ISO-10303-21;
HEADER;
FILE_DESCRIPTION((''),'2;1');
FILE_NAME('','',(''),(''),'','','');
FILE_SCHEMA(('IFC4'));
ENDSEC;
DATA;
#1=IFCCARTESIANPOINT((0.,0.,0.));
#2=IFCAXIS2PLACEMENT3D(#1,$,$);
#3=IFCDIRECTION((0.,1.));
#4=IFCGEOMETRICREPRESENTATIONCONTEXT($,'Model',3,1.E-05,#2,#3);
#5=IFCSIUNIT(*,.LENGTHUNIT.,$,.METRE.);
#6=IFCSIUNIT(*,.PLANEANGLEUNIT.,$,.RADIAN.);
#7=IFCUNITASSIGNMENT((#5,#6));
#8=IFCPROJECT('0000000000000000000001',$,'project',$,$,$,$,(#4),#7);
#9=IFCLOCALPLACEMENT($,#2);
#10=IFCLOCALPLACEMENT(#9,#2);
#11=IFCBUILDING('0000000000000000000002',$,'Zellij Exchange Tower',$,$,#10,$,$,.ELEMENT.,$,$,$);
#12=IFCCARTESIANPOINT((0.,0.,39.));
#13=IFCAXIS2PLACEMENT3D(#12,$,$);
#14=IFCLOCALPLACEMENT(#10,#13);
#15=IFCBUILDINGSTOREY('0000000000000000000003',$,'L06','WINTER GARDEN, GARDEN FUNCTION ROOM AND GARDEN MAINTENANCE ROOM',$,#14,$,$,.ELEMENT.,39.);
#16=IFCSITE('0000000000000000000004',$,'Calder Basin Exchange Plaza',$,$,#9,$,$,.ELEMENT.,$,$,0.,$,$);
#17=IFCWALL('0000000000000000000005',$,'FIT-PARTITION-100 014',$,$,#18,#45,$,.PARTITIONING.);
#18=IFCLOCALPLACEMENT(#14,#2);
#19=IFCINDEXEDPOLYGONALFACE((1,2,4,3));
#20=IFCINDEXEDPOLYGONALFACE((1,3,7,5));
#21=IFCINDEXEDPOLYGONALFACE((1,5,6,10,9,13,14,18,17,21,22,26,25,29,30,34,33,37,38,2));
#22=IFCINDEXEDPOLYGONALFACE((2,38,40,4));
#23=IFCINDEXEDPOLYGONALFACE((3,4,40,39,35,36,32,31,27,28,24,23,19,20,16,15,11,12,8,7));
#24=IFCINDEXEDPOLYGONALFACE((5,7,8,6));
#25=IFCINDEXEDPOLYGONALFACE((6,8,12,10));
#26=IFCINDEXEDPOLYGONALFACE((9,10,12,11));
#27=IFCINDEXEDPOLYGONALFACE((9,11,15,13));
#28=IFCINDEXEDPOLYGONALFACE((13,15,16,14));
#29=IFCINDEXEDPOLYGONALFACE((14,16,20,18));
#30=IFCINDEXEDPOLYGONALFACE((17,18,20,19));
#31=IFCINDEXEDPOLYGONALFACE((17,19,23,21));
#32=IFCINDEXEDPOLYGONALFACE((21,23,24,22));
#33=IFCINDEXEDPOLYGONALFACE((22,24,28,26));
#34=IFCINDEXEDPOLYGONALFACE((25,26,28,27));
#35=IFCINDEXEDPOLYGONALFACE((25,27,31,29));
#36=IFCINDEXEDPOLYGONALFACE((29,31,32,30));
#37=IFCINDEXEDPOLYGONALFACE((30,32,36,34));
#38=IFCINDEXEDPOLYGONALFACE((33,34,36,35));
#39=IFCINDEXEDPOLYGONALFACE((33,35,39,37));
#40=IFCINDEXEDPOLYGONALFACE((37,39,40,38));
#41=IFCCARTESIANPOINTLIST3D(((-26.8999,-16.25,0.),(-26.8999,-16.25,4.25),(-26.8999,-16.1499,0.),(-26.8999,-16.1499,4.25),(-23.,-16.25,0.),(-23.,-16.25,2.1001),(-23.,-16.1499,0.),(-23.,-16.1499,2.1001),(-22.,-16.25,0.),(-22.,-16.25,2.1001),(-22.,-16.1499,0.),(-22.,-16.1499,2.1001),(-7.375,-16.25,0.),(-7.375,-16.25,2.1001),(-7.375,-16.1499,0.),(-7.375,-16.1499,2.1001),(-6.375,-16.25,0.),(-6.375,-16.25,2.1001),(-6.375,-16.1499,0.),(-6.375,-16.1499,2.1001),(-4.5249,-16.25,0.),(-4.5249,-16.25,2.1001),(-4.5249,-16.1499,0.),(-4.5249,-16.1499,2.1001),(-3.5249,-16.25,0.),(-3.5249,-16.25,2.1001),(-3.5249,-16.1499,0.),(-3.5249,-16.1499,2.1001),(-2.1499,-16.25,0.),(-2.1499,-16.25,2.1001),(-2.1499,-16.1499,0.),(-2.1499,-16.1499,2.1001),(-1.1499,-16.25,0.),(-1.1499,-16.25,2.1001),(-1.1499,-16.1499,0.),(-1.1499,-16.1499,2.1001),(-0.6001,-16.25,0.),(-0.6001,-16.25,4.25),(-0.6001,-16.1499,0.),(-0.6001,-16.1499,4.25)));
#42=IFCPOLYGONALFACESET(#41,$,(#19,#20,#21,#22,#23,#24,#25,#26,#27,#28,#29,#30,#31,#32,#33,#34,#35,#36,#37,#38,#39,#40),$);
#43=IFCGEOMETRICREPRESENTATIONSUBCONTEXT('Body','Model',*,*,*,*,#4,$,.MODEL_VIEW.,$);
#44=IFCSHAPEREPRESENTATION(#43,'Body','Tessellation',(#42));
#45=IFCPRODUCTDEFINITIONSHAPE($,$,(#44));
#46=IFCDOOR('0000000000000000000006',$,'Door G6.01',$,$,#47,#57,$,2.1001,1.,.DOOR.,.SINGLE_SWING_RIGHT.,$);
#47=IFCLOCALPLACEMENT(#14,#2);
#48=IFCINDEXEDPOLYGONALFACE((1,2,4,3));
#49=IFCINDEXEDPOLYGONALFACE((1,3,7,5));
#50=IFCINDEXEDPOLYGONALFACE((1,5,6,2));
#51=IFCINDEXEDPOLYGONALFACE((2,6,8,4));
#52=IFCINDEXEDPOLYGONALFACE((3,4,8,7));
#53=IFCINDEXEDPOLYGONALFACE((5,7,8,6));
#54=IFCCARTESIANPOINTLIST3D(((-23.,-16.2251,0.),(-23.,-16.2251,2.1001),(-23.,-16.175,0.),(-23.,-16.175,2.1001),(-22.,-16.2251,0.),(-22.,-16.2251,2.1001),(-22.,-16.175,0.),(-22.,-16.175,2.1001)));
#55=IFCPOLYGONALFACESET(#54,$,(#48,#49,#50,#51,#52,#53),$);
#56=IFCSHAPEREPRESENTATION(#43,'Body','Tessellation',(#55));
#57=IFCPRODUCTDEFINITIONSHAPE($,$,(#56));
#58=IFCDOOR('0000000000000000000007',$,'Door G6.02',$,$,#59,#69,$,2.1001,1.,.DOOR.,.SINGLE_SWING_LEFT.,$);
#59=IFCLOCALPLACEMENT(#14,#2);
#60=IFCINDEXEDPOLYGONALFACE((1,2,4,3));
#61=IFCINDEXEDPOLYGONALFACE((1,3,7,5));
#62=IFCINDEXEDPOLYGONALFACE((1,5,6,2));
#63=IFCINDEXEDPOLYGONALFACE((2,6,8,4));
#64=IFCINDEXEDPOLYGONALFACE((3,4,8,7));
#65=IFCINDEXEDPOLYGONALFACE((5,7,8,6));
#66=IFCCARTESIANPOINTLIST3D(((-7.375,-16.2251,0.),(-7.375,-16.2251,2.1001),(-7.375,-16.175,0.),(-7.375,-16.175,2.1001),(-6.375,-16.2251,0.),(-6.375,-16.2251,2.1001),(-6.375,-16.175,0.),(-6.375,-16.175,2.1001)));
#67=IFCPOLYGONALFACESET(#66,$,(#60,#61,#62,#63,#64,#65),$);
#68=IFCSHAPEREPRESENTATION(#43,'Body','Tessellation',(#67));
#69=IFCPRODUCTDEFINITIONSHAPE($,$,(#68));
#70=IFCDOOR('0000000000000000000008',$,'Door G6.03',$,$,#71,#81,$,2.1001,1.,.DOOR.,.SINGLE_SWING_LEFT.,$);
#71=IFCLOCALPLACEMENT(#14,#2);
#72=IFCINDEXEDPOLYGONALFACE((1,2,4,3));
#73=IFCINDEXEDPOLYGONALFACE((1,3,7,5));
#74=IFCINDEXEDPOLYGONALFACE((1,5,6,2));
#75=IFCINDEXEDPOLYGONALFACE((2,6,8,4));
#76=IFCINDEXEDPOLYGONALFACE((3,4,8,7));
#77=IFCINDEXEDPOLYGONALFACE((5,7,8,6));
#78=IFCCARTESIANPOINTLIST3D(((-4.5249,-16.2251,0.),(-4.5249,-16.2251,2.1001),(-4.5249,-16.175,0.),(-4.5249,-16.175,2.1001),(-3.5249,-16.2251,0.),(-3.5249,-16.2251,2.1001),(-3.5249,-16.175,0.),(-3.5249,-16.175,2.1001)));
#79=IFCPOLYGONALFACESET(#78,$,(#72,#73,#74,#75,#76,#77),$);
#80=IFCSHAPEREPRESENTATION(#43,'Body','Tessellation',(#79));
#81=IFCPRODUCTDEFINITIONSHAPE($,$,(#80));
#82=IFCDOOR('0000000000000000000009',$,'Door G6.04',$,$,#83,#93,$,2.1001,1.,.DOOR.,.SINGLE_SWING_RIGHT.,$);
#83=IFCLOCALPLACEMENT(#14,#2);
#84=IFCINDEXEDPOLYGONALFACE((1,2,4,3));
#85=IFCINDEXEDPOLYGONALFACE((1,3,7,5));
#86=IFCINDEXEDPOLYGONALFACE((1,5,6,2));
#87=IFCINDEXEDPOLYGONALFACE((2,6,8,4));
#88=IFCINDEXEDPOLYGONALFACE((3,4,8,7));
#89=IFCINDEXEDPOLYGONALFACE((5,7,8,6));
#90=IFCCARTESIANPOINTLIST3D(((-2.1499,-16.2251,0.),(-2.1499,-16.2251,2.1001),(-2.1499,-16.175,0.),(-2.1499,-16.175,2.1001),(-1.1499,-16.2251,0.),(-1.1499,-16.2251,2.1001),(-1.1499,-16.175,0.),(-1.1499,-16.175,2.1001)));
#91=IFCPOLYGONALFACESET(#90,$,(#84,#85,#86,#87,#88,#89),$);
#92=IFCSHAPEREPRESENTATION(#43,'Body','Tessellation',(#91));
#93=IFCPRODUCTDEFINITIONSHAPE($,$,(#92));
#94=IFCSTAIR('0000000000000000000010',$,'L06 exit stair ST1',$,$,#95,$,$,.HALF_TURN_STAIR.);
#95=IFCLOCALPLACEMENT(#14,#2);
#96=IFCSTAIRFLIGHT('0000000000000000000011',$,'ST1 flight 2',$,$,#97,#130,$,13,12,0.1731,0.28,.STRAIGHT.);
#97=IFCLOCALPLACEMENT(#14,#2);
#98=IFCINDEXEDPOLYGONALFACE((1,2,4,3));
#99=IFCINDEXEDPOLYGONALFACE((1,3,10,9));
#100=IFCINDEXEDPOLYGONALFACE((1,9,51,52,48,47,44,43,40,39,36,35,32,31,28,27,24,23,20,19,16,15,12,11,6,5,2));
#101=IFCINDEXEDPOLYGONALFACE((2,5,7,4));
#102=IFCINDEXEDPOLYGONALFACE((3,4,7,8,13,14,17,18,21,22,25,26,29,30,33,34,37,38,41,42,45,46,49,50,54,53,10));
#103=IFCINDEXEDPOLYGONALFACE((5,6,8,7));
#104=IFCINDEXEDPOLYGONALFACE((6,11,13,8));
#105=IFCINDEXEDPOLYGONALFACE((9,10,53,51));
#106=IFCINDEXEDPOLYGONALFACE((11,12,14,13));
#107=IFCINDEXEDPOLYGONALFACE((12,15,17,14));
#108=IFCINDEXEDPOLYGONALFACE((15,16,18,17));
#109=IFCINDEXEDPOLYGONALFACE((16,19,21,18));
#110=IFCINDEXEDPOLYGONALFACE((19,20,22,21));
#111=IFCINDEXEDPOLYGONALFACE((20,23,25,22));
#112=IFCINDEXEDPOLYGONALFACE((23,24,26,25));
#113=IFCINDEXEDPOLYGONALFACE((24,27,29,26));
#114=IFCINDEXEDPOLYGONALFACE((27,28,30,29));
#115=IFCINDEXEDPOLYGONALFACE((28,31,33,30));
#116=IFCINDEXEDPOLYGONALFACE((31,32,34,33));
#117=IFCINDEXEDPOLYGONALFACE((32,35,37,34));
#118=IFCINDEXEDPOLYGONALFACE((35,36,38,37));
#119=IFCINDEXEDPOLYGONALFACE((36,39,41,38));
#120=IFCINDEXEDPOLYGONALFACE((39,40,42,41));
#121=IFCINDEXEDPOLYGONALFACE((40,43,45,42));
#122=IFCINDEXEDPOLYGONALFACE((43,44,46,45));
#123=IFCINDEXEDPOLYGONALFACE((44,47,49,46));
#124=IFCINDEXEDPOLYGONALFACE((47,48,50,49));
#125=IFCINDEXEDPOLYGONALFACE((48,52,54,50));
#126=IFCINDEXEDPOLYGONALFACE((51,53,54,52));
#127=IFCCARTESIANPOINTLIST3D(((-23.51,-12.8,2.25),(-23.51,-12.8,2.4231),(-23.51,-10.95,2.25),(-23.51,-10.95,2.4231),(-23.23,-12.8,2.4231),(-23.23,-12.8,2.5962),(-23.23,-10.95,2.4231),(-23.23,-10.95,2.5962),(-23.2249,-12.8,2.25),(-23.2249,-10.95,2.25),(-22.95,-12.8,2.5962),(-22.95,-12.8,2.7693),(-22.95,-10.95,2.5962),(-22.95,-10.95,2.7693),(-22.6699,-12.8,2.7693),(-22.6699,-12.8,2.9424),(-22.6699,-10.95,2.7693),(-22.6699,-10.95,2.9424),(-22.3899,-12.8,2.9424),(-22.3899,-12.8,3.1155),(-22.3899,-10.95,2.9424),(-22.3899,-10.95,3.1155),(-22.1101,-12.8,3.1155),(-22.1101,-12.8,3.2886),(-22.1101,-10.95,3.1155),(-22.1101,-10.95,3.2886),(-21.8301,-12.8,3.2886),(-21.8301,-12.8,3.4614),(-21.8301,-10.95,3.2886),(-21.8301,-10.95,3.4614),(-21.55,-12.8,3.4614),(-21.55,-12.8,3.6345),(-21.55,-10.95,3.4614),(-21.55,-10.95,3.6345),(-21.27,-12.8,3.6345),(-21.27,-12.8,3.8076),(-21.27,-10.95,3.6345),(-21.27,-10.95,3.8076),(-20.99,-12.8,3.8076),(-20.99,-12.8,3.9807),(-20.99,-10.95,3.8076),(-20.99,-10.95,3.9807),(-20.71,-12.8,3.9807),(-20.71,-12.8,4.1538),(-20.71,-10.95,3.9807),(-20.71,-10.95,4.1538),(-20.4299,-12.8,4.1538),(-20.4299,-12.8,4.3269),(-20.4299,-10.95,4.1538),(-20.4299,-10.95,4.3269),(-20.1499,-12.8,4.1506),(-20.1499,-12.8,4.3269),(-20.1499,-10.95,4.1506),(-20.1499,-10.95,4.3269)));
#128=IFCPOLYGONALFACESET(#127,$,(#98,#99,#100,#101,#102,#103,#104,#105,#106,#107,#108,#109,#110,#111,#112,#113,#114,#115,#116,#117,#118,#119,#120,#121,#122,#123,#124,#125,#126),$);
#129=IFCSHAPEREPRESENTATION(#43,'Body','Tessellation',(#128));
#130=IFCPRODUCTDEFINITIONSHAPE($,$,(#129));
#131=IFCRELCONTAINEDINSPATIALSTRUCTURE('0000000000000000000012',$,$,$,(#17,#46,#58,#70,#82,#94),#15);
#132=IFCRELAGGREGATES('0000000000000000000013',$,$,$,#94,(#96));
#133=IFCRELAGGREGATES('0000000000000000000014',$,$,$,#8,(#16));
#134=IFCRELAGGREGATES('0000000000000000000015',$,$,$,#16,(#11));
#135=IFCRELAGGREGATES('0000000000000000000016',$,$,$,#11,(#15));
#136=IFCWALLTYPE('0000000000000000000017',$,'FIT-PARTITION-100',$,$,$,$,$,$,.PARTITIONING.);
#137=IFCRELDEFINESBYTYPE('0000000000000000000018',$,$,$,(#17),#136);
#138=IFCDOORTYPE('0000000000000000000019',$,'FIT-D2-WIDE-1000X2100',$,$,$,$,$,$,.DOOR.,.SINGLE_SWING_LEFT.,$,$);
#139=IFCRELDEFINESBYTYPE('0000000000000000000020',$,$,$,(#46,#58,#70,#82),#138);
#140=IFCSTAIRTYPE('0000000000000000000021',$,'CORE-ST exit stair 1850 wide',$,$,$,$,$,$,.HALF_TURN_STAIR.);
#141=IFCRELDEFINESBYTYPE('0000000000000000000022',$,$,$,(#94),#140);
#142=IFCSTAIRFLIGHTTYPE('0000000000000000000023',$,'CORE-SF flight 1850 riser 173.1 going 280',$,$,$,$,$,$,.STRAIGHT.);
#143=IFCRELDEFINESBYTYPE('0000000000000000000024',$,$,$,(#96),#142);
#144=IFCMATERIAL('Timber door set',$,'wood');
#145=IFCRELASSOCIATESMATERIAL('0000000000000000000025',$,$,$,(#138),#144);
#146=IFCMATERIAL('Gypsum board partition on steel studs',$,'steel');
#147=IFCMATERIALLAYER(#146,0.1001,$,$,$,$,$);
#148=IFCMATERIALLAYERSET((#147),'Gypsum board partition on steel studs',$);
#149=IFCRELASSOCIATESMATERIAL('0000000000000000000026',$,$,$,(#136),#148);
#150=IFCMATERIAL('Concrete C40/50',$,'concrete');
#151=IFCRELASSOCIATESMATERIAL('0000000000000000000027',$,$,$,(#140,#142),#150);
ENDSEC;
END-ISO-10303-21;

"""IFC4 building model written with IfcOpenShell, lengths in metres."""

from ifc_helpers import new_model, si_unit, direction, frame, frame_2d, origin, place, context, subcontext, project, spatial, polyline, rectangle, outline, extrude, material, layer, layer_set, type_object, element, fill, aggregate, save


model = new_model("IFC4")

# Units and contexts
model_context = context("Model", 3, precision=1e-05, world=origin(), true_north=direction((0.0, 1.0)))
body_context = subcontext(model_context, "Body", "Model", "MODEL_VIEW")
ifc_project = project(units=[si_unit("LENGTHUNIT", "METRE"), si_unit("PLANEANGLEUNIT", "RADIAN")], contexts=[model_context])

# Site, building, storey
site_placement = place(None, origin())
site = spatial("IfcSite", under=ifc_project, at=site_placement, Name="Calder Basin Exchange Plaza", CompositionType="ELEMENT", RefElevation=0.0)
building_placement = place(site_placement, origin())
building = spatial("IfcBuilding", under=site, at=building_placement, Name="Zellij Exchange Tower", CompositionType="ELEMENT")
storey_placement = place(building_placement, frame((0.0, 0.0, 39.0)))
storey = spatial("IfcBuildingStorey", under=building, at=storey_placement, Name="L06", Description="WINTER GARDEN, GARDEN FUNCTION ROOM AND GARDEN MAINTENANCE ROOM", CompositionType="ELEMENT", Elevation=39.0)

# Shared definitions
ifc_material_1 = material(Name="Timber door set", Category="wood")
door_type_1 = type_object("IfcDoorType", Name="FIT-D2-WIDE-1000X2100", OperationType="SINGLE_SWING_LEFT", PredefinedType="DOOR", material=ifc_material_1)

# Wall, openings, doors
ifc_material_2 = material(Name="Gypsum board partition on steel studs", Category="steel")
ifc_layer_1 = layer(ifc_material_2, 0.1001)
ifc_layer_set_1 = layer_set([ifc_layer_1], Name="Gypsum board partition on steel studs")
wall_type_1 = type_object("IfcWallType", Name="FIT-PARTITION-100", PredefinedType="PARTITIONING", material=ifc_layer_set_1)
wall_1_placement = place(storey_placement, frame((-26.8999, -16.2, 0.0), z_axis=(0.0, 0.0, 1.0), x_axis=(1.0, 0.0, 0.0)))
wall_1 = element("IfcWall", 1, at=wall_1_placement, inside=storey, type_object=wall_type_1, Name="FIT-PARTITION-100 014", PredefinedType="PARTITIONING", context=body_context, shape_type="SweptSolid", body=[
    extrude(rectangle(XDim=26.2998, YDim=0.1001, at=frame_2d((13.1499, 0.0))), origin(), (0.0, 0.0, 1.0), 4.25),
])
opening_1_placement = place(wall_1_placement, frame((3.8999, 0.0, 0.0)))
opening_1 = element("IfcOpeningElement", 2, at=opening_1_placement, cuts=wall_1, PredefinedType="OPENING", context=body_context, shape_type="SweptSolid", body=[
    extrude(rectangle(XDim=1.0, YDim=2.1001, at=frame_2d((0.5, 1.05))), frame((0.0, 0.062, 0.0), z_axis=(0.0, -1.0, 0.0), x_axis=(1.0, 0.0, 0.0)), (0.0, 0.0, 1.0), 0.124),
])
opening_2_placement = place(wall_1_placement, frame((19.5249, 0.0, 0.0)))
opening_2 = element("IfcOpeningElement", 3, at=opening_2_placement, cuts=wall_1, PredefinedType="OPENING", context=body_context, shape_type="SweptSolid", body=[
    extrude(rectangle(XDim=1.0, YDim=2.1001, at=frame_2d((0.5, 1.05))), frame((0.0, 0.062, 0.0), z_axis=(0.0, -1.0, 0.0), x_axis=(1.0, 0.0, 0.0)), (0.0, 0.0, 1.0), 0.124),
])
opening_3_placement = place(wall_1_placement, frame((22.375, 0.0, 0.0)))
opening_3 = element("IfcOpeningElement", 4, at=opening_3_placement, cuts=wall_1, PredefinedType="OPENING", context=body_context, shape_type="SweptSolid", body=[
    extrude(rectangle(XDim=1.0, YDim=2.1001, at=frame_2d((0.5, 1.05))), frame((0.0, 0.062, 0.0), z_axis=(0.0, -1.0, 0.0), x_axis=(1.0, 0.0, 0.0)), (0.0, 0.0, 1.0), 0.124),
])
opening_4_placement = place(wall_1_placement, frame((24.75, 0.0, 0.0)))
opening_4 = element("IfcOpeningElement", 5, at=opening_4_placement, cuts=wall_1, PredefinedType="OPENING", context=body_context, shape_type="SweptSolid", body=[
    extrude(rectangle(XDim=1.0, YDim=2.1001, at=frame_2d((0.5, 1.05))), frame((0.0, 0.062, 0.0), z_axis=(0.0, -1.0, 0.0), x_axis=(1.0, 0.0, 0.0)), (0.0, 0.0, 1.0), 0.124),
])
door_1_placement = place(opening_1_placement, origin())
door_1 = element("IfcDoor", 6, at=door_1_placement, inside=storey, type_object=door_type_1, Name="Door G6.01", OperationType="SINGLE_SWING_RIGHT", OverallHeight=2.1001, OverallWidth=1.0, PredefinedType="DOOR", context=body_context, shape_type="SweptSolid", body=[
    extrude(rectangle(XDim=1.0, YDim=2.1001, at=frame_2d((0.5, 1.05))), frame((0.0, 0.0249, 0.0), z_axis=(0.0, -1.0, 0.0), x_axis=(1.0, 0.0, 0.0)), (0.0, 0.0, 1.0), 0.05),
])
fill(opening_1, door_1)
door_2_placement = place(opening_2_placement, origin())
door_2 = element("IfcDoor", 7, at=door_2_placement, inside=storey, type_object=door_type_1, Name="Door G6.02", OperationType="SINGLE_SWING_LEFT", OverallHeight=2.1001, OverallWidth=1.0, PredefinedType="DOOR", context=body_context, shape_type="SweptSolid", body=[
    extrude(rectangle(XDim=1.0, YDim=2.1001, at=frame_2d((0.5, 1.05))), frame((0.0, 0.0249, 0.0), z_axis=(0.0, -1.0, 0.0), x_axis=(1.0, 0.0, 0.0)), (0.0, 0.0, 1.0), 0.05),
])
fill(opening_2, door_2)
door_3_placement = place(opening_3_placement, origin())
door_3 = element("IfcDoor", 8, at=door_3_placement, inside=storey, type_object=door_type_1, Name="Door G6.03", OperationType="SINGLE_SWING_LEFT", OverallHeight=2.1001, OverallWidth=1.0, PredefinedType="DOOR", context=body_context, shape_type="SweptSolid", body=[
    extrude(rectangle(XDim=1.0, YDim=2.1001, at=frame_2d((0.5, 1.05))), frame((0.0, 0.0249, 0.0), z_axis=(0.0, -1.0, 0.0), x_axis=(1.0, 0.0, 0.0)), (0.0, 0.0, 1.0), 0.05),
])
fill(opening_3, door_3)
door_4_placement = place(opening_4_placement, origin())
door_4 = element("IfcDoor", 9, at=door_4_placement, inside=storey, type_object=door_type_1, Name="Door G6.04", OperationType="SINGLE_SWING_RIGHT", OverallHeight=2.1001, OverallWidth=1.0, PredefinedType="DOOR", context=body_context, shape_type="SweptSolid", body=[
    extrude(rectangle(XDim=1.0, YDim=2.1001, at=frame_2d((0.5, 1.05))), frame((0.0, 0.0249, 0.0), z_axis=(0.0, -1.0, 0.0), x_axis=(1.0, 0.0, 0.0)), (0.0, 0.0, 1.0), 0.05),
])
fill(opening_4, door_4)

# Stair, stair flight
ifc_material_3 = material(Name="Concrete C40/50", Category="concrete")
stair_type = type_object("IfcStairType", Name="CORE-ST exit stair 1850 wide", PredefinedType="HALF_TURN_STAIR", material=ifc_material_3)
stair_placement = place(storey_placement, origin())
stair = element("IfcStair", 10, at=stair_placement, inside=storey, type_object=stair_type, Name="L06 exit stair ST1", PredefinedType="HALF_TURN_STAIR")
stair_flight_type = type_object("IfcStairFlightType", Name="CORE-SF flight 1850 riser 173.1 going 280", PredefinedType="STRAIGHT", material=ifc_material_3)
stair_flight_placement = place(storey_placement, frame((-23.51, -11.875, 2.25), z_axis=(0.0, 0.0, 1.0), x_axis=(1.0, 0.0, 0.0)))
stair_flight = element("IfcStairFlight", 11, at=stair_flight_placement, type_object=stair_flight_type, Name="ST1 flight 2", NumberOfRisers=13, NumberOfTreads=12, PredefinedType="STRAIGHT", RiserHeight=0.1731, TreadLength=0.28, context=body_context, shape_type="SweptSolid", body=[
    extrude(outline(polyline([(0.0, 0.0), (0.0, 0.1731), (0.28, 0.1731), (0.28, 0.3462), (0.5601, 0.3462), (0.5601, 0.5193), (0.8401, 0.5193), (0.8401, 0.6924), (1.1201, 0.6924), (1.1201, 0.8655), (1.3999, 0.8655), (1.3999, 1.0386), (1.6799, 1.0386), (1.6799, 1.2114), (1.96, 1.2114), (1.96, 1.3845), (2.24, 1.3845), (2.24, 1.5576), (2.52, 1.5576), (2.52, 1.7307), (2.8, 1.7307), (2.8, 1.9038), (3.0801, 1.9038), (3.0801, 2.0769), (3.3601, 2.0769), (3.3601, 2.25), (3.3601, 1.9006), (0.2852, 0.0), (0.0, 0.0)])), frame((0.0, 0.925, 0.0), z_axis=(0.0, -1.0, 0.0), x_axis=(1.0, 0.0, 0.0)), (0.0, 0.0, 1.0), 1.8501),
])
aggregate(stair, [stair_flight])

save(model, "model.ifc")
